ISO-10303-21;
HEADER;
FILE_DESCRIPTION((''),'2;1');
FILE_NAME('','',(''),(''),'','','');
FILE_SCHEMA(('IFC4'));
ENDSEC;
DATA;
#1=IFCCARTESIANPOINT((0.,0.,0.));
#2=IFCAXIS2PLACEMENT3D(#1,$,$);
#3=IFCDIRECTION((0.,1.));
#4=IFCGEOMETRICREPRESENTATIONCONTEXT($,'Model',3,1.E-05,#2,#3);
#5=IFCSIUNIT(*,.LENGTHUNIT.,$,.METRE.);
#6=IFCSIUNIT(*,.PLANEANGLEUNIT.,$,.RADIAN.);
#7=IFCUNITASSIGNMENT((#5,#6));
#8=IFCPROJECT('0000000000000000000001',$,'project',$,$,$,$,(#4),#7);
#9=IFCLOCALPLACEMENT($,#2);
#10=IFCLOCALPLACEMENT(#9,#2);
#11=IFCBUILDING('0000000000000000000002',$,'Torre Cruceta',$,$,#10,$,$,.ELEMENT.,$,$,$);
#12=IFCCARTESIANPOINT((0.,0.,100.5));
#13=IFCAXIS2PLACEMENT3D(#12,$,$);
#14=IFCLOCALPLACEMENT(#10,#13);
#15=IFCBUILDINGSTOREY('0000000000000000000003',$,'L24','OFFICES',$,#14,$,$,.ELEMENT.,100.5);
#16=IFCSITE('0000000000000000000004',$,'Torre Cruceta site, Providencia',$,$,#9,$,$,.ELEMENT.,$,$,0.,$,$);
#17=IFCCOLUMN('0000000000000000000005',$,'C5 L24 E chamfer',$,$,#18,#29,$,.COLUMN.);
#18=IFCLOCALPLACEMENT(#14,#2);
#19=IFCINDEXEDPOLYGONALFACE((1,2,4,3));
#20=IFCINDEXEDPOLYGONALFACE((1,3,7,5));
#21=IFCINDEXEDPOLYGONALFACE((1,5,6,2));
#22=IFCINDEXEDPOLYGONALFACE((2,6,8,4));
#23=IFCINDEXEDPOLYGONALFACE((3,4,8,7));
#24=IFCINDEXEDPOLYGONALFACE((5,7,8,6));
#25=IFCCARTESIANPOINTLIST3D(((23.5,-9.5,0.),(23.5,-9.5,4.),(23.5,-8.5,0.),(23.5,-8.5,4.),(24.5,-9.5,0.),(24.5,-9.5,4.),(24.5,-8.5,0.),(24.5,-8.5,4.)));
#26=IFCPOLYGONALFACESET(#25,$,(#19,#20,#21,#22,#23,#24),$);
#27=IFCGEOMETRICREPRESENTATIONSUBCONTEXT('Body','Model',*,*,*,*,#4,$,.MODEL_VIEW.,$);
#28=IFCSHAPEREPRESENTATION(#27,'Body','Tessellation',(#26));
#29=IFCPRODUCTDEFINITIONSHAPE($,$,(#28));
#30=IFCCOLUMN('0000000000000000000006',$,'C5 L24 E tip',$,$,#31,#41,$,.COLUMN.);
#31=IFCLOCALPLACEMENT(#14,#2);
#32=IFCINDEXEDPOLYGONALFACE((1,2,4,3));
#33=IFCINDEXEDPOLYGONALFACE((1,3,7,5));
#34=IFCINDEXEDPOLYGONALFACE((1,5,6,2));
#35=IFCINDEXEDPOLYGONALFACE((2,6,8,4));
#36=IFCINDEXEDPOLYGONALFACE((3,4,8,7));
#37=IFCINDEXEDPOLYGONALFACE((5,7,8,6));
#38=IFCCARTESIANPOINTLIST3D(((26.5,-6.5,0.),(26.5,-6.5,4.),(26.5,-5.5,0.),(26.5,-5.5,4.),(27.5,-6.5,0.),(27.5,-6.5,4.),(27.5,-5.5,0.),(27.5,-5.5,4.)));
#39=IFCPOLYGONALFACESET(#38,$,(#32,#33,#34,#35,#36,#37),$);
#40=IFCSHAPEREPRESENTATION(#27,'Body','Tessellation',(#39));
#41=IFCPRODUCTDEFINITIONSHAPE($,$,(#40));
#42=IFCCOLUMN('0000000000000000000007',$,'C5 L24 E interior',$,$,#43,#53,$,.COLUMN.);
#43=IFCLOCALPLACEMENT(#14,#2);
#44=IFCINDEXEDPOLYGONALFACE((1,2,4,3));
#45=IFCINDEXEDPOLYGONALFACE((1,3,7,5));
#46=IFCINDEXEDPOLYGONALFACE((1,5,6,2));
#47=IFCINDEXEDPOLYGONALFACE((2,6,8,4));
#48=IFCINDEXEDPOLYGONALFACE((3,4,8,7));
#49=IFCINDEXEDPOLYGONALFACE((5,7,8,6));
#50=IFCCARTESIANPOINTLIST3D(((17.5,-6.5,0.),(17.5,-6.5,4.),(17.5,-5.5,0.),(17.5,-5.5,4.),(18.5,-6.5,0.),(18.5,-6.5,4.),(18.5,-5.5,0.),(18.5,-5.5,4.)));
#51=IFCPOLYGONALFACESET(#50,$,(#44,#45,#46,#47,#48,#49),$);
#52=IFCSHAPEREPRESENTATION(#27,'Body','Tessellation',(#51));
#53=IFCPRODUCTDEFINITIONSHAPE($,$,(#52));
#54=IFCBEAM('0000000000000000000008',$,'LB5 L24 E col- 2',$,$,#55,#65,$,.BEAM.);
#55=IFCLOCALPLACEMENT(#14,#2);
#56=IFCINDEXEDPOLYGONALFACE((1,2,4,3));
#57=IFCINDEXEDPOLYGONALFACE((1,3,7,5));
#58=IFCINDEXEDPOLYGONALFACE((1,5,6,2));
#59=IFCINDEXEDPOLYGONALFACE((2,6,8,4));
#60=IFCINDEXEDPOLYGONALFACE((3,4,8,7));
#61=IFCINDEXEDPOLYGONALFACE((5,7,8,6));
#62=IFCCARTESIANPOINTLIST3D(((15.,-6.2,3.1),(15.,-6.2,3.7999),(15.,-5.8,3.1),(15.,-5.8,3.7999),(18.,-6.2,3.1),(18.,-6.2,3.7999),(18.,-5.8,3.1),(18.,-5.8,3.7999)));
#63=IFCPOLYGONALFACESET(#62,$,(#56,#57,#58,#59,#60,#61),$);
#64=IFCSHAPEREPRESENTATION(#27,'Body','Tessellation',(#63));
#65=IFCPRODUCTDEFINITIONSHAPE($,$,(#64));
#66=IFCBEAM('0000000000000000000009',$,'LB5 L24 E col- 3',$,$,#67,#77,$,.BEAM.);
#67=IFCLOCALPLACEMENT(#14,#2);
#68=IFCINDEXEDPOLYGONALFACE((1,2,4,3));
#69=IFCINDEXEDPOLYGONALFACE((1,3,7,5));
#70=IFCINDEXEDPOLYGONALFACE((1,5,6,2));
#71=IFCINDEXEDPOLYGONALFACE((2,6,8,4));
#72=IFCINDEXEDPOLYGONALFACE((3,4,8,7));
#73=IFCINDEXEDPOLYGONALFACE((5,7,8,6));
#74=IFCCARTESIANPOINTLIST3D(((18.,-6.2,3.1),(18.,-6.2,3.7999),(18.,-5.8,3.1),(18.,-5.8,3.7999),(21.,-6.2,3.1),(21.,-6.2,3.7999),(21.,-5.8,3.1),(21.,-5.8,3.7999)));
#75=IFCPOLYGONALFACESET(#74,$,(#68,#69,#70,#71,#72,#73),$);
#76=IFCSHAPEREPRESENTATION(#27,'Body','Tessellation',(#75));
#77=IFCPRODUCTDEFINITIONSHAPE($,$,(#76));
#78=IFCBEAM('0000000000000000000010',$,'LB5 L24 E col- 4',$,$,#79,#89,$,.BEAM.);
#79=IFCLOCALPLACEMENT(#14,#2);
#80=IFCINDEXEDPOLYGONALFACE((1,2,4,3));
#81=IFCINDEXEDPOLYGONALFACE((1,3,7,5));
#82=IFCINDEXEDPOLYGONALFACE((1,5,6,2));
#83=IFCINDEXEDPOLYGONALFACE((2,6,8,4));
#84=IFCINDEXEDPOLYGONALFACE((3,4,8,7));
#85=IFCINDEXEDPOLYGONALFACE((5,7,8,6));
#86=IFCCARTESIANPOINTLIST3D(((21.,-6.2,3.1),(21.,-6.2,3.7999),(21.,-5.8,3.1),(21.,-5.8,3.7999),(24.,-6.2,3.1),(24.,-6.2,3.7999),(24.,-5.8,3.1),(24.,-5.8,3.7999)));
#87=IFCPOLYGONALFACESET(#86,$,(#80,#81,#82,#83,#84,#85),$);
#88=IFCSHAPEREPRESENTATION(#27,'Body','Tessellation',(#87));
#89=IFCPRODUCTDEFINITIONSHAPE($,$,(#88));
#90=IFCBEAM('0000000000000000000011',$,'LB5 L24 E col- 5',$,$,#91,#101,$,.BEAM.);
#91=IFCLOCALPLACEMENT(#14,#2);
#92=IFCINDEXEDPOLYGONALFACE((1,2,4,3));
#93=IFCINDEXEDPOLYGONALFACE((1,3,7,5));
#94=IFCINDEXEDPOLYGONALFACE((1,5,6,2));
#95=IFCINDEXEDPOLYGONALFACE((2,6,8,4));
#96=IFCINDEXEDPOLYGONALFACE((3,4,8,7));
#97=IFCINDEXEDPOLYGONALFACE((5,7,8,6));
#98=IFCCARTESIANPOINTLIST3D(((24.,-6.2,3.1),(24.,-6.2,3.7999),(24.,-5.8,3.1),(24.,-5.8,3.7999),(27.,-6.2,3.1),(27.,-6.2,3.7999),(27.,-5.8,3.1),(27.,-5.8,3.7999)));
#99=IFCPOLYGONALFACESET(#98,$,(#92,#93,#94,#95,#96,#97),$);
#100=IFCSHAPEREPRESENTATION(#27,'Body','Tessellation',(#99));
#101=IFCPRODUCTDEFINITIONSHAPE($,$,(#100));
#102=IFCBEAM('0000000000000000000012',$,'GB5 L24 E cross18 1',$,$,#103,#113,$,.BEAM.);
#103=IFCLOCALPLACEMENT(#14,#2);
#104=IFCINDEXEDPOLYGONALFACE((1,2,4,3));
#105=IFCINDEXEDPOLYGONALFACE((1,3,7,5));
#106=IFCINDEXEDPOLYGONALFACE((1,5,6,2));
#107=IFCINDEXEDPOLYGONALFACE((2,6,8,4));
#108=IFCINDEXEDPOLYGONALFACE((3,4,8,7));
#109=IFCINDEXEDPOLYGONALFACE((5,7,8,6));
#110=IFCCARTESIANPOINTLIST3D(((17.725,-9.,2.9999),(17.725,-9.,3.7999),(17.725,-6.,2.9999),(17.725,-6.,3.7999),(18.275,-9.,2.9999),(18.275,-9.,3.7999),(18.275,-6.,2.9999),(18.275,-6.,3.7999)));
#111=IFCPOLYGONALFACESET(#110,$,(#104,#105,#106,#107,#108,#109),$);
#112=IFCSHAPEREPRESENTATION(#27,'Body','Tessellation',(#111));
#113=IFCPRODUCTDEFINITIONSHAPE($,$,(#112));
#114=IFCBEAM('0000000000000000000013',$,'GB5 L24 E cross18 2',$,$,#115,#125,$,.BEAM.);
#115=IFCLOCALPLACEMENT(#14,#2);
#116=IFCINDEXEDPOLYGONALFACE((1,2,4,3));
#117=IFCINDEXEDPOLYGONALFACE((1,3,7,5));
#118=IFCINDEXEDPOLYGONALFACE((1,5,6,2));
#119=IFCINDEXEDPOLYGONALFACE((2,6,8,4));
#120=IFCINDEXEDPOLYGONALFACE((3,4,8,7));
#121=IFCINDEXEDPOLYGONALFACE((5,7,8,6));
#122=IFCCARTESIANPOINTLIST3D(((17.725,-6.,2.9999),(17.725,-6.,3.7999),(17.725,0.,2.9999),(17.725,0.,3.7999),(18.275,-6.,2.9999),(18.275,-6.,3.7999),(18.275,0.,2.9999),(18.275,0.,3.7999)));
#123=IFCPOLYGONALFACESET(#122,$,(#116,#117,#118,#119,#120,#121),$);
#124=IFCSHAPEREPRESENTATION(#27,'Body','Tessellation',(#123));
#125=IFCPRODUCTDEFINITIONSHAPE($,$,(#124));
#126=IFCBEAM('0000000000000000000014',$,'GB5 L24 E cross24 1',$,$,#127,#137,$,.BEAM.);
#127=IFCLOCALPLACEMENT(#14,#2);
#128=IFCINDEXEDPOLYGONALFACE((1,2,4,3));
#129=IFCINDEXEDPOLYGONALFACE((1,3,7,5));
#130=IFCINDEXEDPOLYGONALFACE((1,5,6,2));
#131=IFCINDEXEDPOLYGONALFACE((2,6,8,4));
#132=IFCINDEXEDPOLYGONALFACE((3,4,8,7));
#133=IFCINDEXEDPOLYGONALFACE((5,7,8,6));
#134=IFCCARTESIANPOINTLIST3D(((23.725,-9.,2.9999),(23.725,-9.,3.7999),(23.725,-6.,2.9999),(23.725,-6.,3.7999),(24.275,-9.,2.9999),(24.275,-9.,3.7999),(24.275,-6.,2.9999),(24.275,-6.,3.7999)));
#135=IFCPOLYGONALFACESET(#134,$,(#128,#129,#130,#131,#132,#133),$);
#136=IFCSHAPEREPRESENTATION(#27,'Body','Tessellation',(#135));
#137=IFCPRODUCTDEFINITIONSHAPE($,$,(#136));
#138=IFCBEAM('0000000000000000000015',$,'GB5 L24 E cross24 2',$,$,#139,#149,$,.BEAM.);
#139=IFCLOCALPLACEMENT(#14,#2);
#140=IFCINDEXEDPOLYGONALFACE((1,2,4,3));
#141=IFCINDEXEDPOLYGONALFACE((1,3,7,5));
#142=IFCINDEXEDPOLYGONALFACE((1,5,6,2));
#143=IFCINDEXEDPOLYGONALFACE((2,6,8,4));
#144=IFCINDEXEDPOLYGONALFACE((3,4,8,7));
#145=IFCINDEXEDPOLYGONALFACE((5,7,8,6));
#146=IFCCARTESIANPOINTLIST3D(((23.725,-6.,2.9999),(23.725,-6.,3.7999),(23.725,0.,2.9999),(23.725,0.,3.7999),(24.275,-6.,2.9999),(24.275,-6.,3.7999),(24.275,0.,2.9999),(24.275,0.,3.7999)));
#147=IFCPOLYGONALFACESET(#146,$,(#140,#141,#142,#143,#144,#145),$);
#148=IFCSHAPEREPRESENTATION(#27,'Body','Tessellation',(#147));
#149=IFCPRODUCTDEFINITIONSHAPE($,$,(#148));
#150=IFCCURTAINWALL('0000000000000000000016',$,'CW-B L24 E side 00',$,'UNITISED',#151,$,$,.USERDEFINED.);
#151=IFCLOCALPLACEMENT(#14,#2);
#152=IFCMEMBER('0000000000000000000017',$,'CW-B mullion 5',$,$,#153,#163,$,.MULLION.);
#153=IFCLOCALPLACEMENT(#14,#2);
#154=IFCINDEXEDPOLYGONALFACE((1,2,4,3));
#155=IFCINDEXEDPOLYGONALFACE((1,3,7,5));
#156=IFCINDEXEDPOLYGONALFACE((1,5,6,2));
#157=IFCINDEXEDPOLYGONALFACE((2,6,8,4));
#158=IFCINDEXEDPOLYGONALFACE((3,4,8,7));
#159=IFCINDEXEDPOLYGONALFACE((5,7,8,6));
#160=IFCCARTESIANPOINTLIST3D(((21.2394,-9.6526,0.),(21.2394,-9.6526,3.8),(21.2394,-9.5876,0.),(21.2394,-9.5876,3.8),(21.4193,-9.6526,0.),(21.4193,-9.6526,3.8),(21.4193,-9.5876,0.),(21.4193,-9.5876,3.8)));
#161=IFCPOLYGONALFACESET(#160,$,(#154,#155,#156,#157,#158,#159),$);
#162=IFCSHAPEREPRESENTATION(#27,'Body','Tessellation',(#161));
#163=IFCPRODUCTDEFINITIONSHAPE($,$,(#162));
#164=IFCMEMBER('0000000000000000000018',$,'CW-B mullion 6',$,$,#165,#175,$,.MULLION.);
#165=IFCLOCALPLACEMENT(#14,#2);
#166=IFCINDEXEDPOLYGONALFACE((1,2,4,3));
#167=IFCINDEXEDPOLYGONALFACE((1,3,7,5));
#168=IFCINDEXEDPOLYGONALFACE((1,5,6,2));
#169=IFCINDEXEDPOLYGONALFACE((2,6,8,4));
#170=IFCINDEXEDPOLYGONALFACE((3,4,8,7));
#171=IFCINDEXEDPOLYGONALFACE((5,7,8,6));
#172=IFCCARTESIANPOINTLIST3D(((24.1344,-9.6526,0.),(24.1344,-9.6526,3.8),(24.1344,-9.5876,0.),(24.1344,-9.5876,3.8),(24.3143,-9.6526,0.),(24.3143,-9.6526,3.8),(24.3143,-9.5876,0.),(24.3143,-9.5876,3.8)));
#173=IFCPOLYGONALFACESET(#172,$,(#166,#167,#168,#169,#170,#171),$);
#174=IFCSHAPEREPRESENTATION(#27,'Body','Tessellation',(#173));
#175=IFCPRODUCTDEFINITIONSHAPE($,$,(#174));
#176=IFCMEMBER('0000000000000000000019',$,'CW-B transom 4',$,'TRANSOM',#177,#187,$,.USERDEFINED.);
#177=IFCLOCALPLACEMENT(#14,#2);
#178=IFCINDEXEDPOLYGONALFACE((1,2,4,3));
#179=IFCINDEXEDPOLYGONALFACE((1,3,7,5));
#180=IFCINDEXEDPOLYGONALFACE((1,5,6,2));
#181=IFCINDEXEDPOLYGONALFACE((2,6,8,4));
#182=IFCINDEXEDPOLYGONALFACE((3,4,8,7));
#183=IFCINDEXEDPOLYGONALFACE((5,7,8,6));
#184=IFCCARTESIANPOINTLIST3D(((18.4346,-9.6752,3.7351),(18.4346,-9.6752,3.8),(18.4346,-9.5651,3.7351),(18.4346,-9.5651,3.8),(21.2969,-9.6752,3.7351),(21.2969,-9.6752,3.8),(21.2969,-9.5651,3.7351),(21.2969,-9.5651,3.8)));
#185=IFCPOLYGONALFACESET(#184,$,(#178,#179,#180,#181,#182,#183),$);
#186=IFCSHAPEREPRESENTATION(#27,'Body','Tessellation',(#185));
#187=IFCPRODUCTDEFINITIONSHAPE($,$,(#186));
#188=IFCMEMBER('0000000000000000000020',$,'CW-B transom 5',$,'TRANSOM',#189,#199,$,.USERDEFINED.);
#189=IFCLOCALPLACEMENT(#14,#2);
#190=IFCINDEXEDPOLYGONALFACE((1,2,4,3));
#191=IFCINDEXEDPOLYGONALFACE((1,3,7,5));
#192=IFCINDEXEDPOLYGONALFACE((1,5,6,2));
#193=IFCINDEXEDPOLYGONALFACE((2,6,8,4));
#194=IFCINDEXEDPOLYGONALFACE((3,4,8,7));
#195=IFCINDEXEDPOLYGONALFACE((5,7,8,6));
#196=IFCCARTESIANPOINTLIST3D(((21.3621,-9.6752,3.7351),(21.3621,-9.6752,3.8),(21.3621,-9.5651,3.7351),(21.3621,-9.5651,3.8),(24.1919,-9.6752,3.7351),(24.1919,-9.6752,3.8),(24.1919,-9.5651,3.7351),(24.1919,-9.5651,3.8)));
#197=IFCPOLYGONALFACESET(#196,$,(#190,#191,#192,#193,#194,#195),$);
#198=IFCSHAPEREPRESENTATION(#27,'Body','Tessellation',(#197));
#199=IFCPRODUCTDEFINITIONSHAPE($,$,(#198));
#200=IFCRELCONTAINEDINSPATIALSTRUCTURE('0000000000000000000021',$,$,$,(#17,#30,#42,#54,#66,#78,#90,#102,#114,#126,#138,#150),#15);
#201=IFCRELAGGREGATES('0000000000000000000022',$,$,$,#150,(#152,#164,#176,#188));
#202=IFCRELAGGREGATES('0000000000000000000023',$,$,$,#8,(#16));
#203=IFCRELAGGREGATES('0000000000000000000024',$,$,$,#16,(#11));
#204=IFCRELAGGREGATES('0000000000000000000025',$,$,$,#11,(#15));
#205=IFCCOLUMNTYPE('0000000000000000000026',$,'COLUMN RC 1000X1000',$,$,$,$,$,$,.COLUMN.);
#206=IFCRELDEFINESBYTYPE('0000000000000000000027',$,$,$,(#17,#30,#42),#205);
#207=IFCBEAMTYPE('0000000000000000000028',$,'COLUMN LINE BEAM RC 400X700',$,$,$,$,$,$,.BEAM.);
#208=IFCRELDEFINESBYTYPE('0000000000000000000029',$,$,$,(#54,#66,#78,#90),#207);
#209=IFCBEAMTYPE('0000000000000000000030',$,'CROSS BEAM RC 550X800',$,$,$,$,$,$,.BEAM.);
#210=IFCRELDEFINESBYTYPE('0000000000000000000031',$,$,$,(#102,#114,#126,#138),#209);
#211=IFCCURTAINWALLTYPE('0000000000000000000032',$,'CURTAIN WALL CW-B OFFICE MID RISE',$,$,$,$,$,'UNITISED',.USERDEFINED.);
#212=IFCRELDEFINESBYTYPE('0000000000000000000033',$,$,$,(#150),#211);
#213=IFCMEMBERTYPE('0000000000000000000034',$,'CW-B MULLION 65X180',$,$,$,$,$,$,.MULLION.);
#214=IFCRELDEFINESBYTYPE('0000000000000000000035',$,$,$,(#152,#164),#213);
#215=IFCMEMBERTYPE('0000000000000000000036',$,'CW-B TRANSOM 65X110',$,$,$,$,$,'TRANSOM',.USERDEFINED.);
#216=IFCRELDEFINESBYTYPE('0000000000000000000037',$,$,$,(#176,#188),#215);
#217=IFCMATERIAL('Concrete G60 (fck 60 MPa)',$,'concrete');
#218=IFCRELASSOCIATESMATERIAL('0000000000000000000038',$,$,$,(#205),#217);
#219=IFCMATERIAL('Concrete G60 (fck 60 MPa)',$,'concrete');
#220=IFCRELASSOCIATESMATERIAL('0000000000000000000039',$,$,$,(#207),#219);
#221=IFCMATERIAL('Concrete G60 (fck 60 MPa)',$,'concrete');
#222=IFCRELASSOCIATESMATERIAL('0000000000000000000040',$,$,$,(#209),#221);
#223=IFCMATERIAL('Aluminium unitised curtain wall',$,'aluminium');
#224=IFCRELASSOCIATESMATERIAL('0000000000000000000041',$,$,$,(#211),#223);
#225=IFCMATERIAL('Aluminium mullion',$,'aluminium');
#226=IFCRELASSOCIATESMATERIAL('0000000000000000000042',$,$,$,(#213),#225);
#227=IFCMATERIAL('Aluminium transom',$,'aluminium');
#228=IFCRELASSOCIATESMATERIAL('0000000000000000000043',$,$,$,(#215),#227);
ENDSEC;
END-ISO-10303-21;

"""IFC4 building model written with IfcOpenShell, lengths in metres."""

from ifc_helpers import new_model, si_unit, direction, frame, origin, origin_2d, place, context, subcontext, project, spatial, rectangle, extrude, material, material_profile, profile_set, type_object, element, aggregate, save


model = new_model("IFC4")

# Units and contexts
model_context = context("Model", 3, precision=1e-05, world=origin(), true_north=direction((0.0, 1.0)))
body_context = subcontext(model_context, "Body", "Model", "MODEL_VIEW")
ifc_project = project(units=[si_unit("LENGTHUNIT", "METRE"), si_unit("PLANEANGLEUNIT", "RADIAN")], contexts=[model_context])

# Site, building, storey
site_placement = place(None, origin())
site = spatial("IfcSite", under=ifc_project, at=site_placement, Name="Torre Cruceta site, Providencia", CompositionType="ELEMENT", RefElevation=0.0)
building_placement = place(site_placement, origin())
building = spatial("IfcBuilding", under=site, at=building_placement, Name="Torre Cruceta", CompositionType="ELEMENT")
storey_placement = place(building_placement, frame((0.0, 0.0, 100.5)))
storey = spatial("IfcBuildingStorey", under=building, at=storey_placement, Name="L24", Description="OFFICES", CompositionType="ELEMENT", Elevation=100.5)

# Columns
ifc_material_1 = material(Name="Concrete G60 (fck 60 MPa)", Category="concrete")
ifc_material_profile_1 = material_profile(ifc_material_1, rectangle(XDim=1.0, YDim=1.0, at=origin_2d()), Name="RC 1000X1000")
ifc_profile_set_1 = profile_set([ifc_material_profile_1], Name="Concrete G60 (fck 60 MPa)")
column_type = type_object("IfcColumnType", Name="COLUMN RC 1000X1000", PredefinedType="COLUMN", material=ifc_profile_set_1)
for number, where, z_axis, x_axis, name in (
    (1, (24.0, -9.0, 0.0), (0.0, 0.0, 1.0), (1.0, 0.0, 0.0), "C5 L24 E chamfer"),
    (2, (27.0, -6.0, 0.0), (0.0, 0.0, 1.0), (1.0, 0.0, 0.0), "C5 L24 E tip"),
    (3, (18.0, -6.0, 0.0), (0.0, 0.0, 1.0), (1.0, 0.0, 0.0), "C5 L24 E interior"),
):
    element("IfcColumn", number, at=place(storey_placement, frame(where, z_axis=z_axis, x_axis=x_axis)), inside=storey, type_object=column_type, Name=name, PredefinedType="COLUMN", context=body_context, shape_type="SweptSolid", body=[
        extrude(rectangle(XDim=1.0, YDim=1.0, at=origin_2d()), origin(), (0.0, 0.0, 1.0), 4.0),
    ])

# Beams
ifc_material_2 = material(Name="Concrete G60 (fck 60 MPa)", Category="concrete")
ifc_material_profile_2 = material_profile(ifc_material_2, rectangle(XDim=0.3999, YDim=0.7, at=origin_2d()), Name="RC 400X700")
ifc_profile_set_2 = profile_set([ifc_material_profile_2], Name="Concrete G60 (fck 60 MPa)")
beam_type_1 = type_object("IfcBeamType", Name="COLUMN LINE BEAM RC 400X700", PredefinedType="BEAM", material=ifc_profile_set_2)
for number, where, z_axis, x_axis, name in (
    (4, (15.0, -6.0, 3.45), (1.0, 0.0, 0.0), (0.0, 1.0, 0.0), "LB5 L24 E col- 2"),
    (5, (18.0, -6.0, 3.45), (1.0, 0.0, 0.0), (0.0, 1.0, 0.0), "LB5 L24 E col- 3"),
    (6, (21.0, -6.0, 3.45), (1.0, 0.0, 0.0), (0.0, 1.0, 0.0), "LB5 L24 E col- 4"),
    (7, (24.0, -6.0, 3.45), (1.0, 0.0, 0.0), (0.0, 1.0, 0.0), "LB5 L24 E col- 5"),
):
    element("IfcBeam", number, at=place(storey_placement, frame(where, z_axis=z_axis, x_axis=x_axis)), inside=storey, type_object=beam_type_1, Name=name, PredefinedType="BEAM", context=body_context, shape_type="SweptSolid", body=[
        extrude(rectangle(XDim=0.3999, YDim=0.7, at=origin_2d()), origin(), (0.0, 0.0, 1.0), 3.0),
    ])
ifc_material_3 = material(Name="Concrete G60 (fck 60 MPa)", Category="concrete")
ifc_material_profile_3 = material_profile(ifc_material_3, rectangle(XDim=0.55, YDim=0.8, at=origin_2d()), Name="RC 550X800")
ifc_profile_set_3 = profile_set([ifc_material_profile_3], Name="Concrete G60 (fck 60 MPa)")
beam_type_2 = type_object("IfcBeamType", Name="CROSS BEAM RC 550X800", PredefinedType="BEAM", material=ifc_profile_set_3)
beam_1_placement = place(storey_placement, frame((18.0, -9.0, 3.3999), z_axis=(0.0, 1.0, 0.0), x_axis=(-1.0, 0.0, 0.0)))
element("IfcBeam", 8, at=beam_1_placement, inside=storey, type_object=beam_type_2, Name="GB5 L24 E cross18 1", PredefinedType="BEAM", context=body_context, shape_type="SweptSolid", body=[
    extrude(rectangle(XDim=0.55, YDim=0.8, at=origin_2d()), origin(), (0.0, 0.0, 1.0), 3.0),
])
beam_2_placement = place(storey_placement, frame((18.0, -6.0, 3.3999), z_axis=(0.0, 1.0, 0.0), x_axis=(-1.0, 0.0, 0.0)))
element("IfcBeam", 9, at=beam_2_placement, inside=storey, type_object=beam_type_2, Name="GB5 L24 E cross18 2", PredefinedType="BEAM", context=body_context, shape_type="SweptSolid", body=[
    extrude(rectangle(XDim=0.55, YDim=0.8, at=origin_2d()), origin(), (0.0, 0.0, 1.0), 6.0),
])
beam_3_placement = place(storey_placement, frame((24.0, -9.0, 3.3999), z_axis=(0.0, 1.0, 0.0), x_axis=(-1.0, 0.0, 0.0)))
element("IfcBeam", 10, at=beam_3_placement, inside=storey, type_object=beam_type_2, Name="GB5 L24 E cross24 1", PredefinedType="BEAM", context=body_context, shape_type="SweptSolid", body=[
    extrude(rectangle(XDim=0.55, YDim=0.8, at=origin_2d()), origin(), (0.0, 0.0, 1.0), 3.0),
])
beam_4_placement = place(storey_placement, frame((24.0, -6.0, 3.3999), z_axis=(0.0, 1.0, 0.0), x_axis=(-1.0, 0.0, 0.0)))
element("IfcBeam", 11, at=beam_4_placement, inside=storey, type_object=beam_type_2, Name="GB5 L24 E cross24 2", PredefinedType="BEAM", context=body_context, shape_type="SweptSolid", body=[
    extrude(rectangle(XDim=0.55, YDim=0.8, at=origin_2d()), origin(), (0.0, 0.0, 1.0), 6.0),
])

# Curtain wall, members
ifc_material_4 = material(Name="Aluminium unitised curtain wall", Category="aluminium")
curtain_wall_type = type_object("IfcCurtainWallType", Name="CURTAIN WALL CW-B OFFICE MID RISE", ElementType="UNITISED", PredefinedType="USERDEFINED", material=ifc_material_4)
curtain_wall_placement = place(storey_placement, origin())
curtain_wall = element("IfcCurtainWall", 12, at=curtain_wall_placement, inside=storey, type_object=curtain_wall_type, Name="CW-B L24 E side 00", ObjectType="UNITISED", PredefinedType="USERDEFINED")
ifc_material_5 = material(Name="Aluminium mullion", Category="aluminium")
ifc_material_profile_4 = material_profile(ifc_material_5, rectangle(XDim=0.0649, YDim=0.1799, at=origin_2d()), Name="AL 65X180")
ifc_profile_set_4 = profile_set([ifc_material_profile_4], Name="Aluminium mullion")
member_type_1 = type_object("IfcMemberType", Name="CW-B MULLION 65X180", PredefinedType="MULLION", material=ifc_profile_set_4)
member_1_placement = place(storey_placement, frame((21.3293, -9.6201, 0.0), z_axis=(0.0, 0.0, 1.0), x_axis=(0.0, 1.0, 0.0)))
member_1 = element("IfcMember", 13, at=member_1_placement, type_object=member_type_1, Name="CW-B mullion 5", PredefinedType="MULLION", context=body_context, shape_type="SweptSolid", body=[
    extrude(rectangle(XDim=0.0649, YDim=0.1799, at=origin_2d()), origin(), (0.0, 0.0, 1.0), 3.8),
])
member_2_placement = place(storey_placement, frame((24.2244, -9.6201, 0.0), z_axis=(0.0, 0.0, 1.0), x_axis=(0.0, 1.0, 0.0)))
member_2 = element("IfcMember", 14, at=member_2_placement, type_object=member_type_1, Name="CW-B mullion 6", PredefinedType="MULLION", context=body_context, shape_type="SweptSolid", body=[
    extrude(rectangle(XDim=0.0649, YDim=0.1799, at=origin_2d()), origin(), (0.0, 0.0, 1.0), 3.8),
])
ifc_material_6 = material(Name="Aluminium transom", Category="aluminium")
ifc_material_profile_5 = material_profile(ifc_material_6, rectangle(XDim=0.1101, YDim=0.0649, at=origin_2d()), Name="AL 110X65")
ifc_profile_set_5 = profile_set([ifc_material_profile_5], Name="Aluminium transom")
member_type_2 = type_object("IfcMemberType", Name="CW-B TRANSOM 65X110", ElementType="TRANSOM", PredefinedType="USERDEFINED", material=ifc_profile_set_5)
member_3_placement = place(storey_placement, frame((18.4346, -9.6201, 3.7676), z_axis=(1.0, 0.0, 0.0), x_axis=(0.0, 1.0, 0.0)))
member_3 = element("IfcMember", 15, at=member_3_placement, type_object=member_type_2, Name="CW-B transom 4", ObjectType="TRANSOM", PredefinedType="USERDEFINED", context=body_context, shape_type="SweptSolid", body=[
    extrude(rectangle(XDim=0.1101, YDim=0.0649, at=origin_2d()), origin(), (0.0, 0.0, 1.0), 2.8623),
])
member_4_placement = place(storey_placement, frame((21.3621, -9.6201, 3.7676), z_axis=(1.0, 0.0, 0.0), x_axis=(0.0, 1.0, 0.0)))
member_4 = element("IfcMember", 16, at=member_4_placement, type_object=member_type_2, Name="CW-B transom 5", ObjectType="TRANSOM", PredefinedType="USERDEFINED", context=body_context, shape_type="SweptSolid", body=[
    extrude(rectangle(XDim=0.1101, YDim=0.0649, at=origin_2d()), origin(), (0.0, 0.0, 1.0), 2.8298),
])

aggregate(curtain_wall, [member_1, member_2, member_3, member_4])

save(model, "model.ifc")
